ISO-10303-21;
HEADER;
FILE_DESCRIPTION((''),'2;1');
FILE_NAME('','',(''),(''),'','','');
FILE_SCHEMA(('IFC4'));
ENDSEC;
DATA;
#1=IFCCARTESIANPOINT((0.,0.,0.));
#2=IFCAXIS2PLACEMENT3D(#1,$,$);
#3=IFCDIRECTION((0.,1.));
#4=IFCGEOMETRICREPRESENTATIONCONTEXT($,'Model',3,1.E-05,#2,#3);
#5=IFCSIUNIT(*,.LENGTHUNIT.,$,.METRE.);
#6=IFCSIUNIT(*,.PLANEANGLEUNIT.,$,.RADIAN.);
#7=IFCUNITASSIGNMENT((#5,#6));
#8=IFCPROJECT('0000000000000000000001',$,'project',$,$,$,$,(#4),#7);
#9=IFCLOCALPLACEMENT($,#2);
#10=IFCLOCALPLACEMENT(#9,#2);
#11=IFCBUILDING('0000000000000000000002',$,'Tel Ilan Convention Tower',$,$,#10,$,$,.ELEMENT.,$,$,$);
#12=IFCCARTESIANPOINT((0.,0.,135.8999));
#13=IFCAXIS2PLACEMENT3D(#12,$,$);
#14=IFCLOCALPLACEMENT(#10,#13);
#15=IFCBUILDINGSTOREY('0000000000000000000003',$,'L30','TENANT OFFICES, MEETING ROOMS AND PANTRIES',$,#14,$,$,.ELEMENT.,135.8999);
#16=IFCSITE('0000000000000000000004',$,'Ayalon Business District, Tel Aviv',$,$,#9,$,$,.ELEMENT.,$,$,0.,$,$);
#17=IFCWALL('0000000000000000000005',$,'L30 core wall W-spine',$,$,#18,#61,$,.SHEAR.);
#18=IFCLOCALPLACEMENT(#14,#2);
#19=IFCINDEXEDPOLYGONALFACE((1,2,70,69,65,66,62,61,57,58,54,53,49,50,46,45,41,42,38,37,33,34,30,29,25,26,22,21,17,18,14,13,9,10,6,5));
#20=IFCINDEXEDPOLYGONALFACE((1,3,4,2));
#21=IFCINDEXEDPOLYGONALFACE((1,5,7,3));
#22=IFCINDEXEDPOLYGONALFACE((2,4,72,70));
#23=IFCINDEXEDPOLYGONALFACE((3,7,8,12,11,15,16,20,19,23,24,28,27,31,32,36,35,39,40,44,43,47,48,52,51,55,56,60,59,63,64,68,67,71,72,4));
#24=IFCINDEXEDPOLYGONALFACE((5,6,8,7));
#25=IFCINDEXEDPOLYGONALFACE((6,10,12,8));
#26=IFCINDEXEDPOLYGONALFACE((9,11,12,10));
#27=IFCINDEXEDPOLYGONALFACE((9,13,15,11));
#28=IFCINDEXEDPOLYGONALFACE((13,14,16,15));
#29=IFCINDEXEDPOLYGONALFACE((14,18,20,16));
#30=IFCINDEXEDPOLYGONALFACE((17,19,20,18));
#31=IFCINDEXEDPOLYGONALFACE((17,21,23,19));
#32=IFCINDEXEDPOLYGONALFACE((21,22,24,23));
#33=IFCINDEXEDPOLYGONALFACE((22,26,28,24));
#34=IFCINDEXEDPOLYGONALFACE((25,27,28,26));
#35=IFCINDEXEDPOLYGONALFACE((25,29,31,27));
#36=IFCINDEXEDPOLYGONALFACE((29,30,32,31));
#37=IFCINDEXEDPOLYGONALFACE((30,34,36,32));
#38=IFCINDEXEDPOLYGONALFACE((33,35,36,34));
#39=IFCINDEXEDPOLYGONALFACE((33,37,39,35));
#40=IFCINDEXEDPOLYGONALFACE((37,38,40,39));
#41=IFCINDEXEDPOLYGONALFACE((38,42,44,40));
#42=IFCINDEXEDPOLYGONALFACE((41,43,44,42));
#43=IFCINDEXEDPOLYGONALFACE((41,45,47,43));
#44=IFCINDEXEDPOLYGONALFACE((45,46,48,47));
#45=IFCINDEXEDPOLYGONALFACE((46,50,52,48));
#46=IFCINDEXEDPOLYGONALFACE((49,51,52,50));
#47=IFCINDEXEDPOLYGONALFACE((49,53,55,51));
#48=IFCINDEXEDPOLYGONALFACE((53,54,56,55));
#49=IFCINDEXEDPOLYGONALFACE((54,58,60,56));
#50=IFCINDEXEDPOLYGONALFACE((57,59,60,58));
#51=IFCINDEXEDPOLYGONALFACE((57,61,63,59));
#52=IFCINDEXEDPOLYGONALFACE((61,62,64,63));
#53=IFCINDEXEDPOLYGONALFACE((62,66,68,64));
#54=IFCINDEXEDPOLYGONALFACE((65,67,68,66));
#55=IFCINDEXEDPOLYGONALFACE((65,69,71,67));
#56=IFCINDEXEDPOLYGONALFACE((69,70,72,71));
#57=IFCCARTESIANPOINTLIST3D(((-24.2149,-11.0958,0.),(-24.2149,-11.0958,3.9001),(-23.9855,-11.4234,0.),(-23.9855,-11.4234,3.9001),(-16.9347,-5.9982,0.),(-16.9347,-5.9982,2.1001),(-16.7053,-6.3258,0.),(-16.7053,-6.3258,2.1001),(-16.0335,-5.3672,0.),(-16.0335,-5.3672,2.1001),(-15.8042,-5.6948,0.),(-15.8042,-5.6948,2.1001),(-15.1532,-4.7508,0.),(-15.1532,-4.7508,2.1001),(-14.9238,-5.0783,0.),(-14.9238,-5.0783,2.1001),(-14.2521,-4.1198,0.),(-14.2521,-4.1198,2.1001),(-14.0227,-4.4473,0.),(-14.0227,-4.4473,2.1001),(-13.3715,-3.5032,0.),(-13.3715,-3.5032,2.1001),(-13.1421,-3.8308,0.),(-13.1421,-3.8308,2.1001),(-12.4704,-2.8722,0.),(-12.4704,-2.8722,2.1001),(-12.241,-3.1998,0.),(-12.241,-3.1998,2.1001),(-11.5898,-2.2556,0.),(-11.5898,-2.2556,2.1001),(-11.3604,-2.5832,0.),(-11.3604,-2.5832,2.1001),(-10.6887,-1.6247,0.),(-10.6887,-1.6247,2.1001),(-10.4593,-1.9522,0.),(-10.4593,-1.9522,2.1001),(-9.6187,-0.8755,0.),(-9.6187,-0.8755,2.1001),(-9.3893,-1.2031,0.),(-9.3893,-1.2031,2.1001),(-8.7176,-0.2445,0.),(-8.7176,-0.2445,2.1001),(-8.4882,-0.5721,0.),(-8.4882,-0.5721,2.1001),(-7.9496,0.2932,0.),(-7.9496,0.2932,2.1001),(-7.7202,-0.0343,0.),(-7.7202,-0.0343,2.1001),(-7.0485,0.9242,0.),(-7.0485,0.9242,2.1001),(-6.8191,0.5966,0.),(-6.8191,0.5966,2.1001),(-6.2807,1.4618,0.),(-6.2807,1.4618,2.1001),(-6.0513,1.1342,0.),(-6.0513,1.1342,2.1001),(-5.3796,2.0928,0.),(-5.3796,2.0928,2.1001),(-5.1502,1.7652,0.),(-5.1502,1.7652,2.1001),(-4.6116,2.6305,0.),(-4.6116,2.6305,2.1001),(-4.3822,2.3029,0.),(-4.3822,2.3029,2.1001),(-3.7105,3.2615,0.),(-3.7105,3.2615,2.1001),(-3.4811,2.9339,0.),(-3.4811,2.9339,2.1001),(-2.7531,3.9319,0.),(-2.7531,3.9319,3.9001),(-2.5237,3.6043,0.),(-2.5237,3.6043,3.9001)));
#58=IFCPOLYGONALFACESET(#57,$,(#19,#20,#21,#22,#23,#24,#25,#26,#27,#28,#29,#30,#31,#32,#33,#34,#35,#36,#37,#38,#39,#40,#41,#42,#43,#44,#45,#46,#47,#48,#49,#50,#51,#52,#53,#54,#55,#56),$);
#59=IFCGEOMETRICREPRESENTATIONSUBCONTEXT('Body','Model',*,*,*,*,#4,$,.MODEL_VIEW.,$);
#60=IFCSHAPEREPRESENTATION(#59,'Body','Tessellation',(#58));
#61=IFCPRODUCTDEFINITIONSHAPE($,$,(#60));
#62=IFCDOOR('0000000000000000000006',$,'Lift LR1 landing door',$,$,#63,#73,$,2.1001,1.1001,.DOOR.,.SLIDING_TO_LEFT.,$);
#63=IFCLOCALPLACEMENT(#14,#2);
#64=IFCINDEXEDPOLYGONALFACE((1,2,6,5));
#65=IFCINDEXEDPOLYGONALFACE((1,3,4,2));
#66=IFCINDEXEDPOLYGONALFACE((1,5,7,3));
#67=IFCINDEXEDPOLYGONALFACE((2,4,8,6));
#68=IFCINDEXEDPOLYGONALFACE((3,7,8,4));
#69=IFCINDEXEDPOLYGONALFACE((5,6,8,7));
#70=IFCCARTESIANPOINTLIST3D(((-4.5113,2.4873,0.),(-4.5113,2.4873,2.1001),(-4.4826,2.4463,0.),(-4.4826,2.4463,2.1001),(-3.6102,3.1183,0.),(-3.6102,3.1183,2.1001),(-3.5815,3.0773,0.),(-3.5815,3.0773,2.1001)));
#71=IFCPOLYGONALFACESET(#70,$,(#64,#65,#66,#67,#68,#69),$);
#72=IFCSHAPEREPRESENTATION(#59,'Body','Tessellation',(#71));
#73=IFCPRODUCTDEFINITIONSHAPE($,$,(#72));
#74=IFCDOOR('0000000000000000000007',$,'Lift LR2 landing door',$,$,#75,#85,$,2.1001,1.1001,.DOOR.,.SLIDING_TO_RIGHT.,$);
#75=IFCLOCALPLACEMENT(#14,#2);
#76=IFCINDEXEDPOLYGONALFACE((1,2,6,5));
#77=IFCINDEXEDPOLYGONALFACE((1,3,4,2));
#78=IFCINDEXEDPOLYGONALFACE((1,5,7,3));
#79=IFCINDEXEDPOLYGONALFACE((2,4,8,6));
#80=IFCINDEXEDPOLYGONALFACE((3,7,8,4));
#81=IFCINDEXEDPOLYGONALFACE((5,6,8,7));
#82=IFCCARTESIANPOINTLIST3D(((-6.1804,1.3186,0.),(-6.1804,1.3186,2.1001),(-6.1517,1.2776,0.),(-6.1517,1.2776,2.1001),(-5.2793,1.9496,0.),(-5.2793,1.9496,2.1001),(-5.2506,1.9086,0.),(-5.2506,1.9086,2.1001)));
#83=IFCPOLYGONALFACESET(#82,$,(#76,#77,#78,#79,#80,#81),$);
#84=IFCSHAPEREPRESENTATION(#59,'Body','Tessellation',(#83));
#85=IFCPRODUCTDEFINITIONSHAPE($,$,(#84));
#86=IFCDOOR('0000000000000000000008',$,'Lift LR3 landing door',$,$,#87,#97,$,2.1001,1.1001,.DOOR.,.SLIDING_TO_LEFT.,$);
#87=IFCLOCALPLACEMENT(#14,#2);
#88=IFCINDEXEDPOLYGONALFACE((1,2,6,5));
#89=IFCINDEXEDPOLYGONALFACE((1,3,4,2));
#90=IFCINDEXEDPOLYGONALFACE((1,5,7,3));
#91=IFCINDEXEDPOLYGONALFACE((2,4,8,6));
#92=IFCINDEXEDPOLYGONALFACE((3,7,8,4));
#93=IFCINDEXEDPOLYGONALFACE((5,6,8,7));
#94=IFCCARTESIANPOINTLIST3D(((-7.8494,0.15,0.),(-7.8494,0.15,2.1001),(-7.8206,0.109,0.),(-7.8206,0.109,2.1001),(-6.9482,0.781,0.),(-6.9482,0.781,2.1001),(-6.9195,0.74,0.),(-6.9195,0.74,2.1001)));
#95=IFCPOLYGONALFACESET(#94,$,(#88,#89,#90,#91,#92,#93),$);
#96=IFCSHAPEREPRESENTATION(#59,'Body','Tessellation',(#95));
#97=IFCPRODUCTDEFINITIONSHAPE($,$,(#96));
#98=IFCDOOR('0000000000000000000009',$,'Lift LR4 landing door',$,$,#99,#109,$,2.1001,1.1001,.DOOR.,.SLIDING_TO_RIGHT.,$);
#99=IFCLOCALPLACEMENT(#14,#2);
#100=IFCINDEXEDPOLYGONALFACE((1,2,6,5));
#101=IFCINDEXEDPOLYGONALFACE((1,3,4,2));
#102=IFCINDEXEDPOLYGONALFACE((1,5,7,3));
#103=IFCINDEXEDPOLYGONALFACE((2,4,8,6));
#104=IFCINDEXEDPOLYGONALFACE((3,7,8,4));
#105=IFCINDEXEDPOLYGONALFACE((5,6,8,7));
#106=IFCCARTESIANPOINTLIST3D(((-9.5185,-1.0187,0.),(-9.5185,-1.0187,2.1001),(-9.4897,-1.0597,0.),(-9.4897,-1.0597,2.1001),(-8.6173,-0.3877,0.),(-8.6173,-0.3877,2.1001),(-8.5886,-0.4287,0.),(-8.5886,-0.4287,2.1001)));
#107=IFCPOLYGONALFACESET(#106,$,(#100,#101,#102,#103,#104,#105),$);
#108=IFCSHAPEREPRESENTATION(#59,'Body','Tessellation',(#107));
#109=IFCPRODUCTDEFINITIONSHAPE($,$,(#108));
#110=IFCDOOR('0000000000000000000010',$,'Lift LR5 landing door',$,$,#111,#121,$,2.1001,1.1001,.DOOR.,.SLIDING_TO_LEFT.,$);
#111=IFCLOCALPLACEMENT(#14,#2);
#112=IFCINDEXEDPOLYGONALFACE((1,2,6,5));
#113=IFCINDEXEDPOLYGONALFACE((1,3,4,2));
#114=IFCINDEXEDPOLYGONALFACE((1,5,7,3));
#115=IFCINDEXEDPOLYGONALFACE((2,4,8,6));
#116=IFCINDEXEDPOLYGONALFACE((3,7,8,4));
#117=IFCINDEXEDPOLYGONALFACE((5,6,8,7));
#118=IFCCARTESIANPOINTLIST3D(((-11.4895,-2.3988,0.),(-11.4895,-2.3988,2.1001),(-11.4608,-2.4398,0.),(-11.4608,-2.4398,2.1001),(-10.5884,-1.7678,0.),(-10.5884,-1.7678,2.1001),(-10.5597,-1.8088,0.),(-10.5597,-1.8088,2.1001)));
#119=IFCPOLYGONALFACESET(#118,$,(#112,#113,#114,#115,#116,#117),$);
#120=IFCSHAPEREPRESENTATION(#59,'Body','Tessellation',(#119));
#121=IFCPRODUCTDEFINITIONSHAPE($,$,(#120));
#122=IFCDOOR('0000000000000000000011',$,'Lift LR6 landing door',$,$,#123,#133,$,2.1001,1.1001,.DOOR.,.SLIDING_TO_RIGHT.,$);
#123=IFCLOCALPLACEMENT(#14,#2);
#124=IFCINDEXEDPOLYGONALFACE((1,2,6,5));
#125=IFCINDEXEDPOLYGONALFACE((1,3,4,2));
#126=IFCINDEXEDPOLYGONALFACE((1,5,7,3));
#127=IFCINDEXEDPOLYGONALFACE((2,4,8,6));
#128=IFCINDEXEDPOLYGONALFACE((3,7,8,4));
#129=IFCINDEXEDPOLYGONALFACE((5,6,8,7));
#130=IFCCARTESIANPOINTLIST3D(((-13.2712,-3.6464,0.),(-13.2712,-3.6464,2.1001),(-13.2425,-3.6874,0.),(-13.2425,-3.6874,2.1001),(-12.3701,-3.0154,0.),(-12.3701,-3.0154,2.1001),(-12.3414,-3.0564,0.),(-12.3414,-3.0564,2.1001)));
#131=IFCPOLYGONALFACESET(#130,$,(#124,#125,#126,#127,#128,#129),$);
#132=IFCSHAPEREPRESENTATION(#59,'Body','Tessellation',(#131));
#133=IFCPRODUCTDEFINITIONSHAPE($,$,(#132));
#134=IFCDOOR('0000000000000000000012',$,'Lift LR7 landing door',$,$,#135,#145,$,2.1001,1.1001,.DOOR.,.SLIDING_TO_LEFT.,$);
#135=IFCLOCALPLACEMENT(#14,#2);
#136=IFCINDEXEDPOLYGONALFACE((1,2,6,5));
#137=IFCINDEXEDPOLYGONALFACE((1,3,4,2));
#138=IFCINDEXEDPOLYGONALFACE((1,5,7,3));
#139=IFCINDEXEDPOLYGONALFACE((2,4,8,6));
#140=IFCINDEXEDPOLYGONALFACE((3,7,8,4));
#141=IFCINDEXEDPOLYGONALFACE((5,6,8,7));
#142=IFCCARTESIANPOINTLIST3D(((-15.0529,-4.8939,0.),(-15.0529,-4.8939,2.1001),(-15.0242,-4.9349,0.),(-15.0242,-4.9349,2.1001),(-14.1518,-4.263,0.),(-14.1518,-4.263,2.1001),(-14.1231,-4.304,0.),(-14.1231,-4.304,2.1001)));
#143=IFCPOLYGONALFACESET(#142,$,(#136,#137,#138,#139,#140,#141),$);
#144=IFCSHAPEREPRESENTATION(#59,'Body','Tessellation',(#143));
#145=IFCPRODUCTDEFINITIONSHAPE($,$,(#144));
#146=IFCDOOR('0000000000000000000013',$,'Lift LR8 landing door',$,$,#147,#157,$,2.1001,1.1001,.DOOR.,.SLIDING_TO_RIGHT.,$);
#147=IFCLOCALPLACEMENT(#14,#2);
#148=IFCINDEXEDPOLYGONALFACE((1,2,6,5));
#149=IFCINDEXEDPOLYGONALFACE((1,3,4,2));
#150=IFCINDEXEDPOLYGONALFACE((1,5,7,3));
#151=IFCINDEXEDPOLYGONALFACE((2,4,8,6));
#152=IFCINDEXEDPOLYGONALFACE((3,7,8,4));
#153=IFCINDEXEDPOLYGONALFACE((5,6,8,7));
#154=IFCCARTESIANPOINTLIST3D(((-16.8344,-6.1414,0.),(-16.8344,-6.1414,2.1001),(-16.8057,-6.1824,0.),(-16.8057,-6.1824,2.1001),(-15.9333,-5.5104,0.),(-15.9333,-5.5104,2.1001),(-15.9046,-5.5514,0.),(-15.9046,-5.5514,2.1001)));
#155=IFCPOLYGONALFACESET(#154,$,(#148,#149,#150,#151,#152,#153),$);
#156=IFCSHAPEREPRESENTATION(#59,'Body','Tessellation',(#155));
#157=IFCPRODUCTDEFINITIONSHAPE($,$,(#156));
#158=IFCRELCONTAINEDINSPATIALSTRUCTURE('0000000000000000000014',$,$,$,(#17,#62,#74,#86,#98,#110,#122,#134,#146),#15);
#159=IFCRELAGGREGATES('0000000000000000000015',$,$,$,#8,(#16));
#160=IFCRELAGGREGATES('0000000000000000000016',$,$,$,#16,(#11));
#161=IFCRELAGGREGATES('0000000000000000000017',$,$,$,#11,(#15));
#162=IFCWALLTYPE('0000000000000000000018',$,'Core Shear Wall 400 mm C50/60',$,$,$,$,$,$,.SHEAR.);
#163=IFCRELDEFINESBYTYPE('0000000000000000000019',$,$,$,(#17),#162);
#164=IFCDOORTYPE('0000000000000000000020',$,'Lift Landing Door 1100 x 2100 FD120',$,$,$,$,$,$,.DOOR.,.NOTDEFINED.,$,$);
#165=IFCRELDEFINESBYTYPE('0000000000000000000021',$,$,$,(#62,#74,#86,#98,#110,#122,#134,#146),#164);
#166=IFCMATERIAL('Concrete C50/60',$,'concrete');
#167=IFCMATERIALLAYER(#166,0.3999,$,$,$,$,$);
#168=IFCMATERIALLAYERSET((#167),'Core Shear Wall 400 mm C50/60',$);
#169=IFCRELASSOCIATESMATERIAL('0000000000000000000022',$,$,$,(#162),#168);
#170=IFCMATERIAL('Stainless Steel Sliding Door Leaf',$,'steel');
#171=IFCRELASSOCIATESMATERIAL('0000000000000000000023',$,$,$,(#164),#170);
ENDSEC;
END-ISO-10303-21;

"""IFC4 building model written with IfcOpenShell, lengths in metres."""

from ifc_helpers import new_model, si_unit, direction, frame, frame_2d, origin, place, context, subcontext, project, spatial, polyline, rectangle, outline, extrude, material, layer, layer_set, type_object, element, fill, save


model = new_model("IFC4")

# Units and contexts
model_context = context("Model", 3, precision=1e-05, world=origin(), true_north=direction((0.0, 1.0)))
body_context = subcontext(model_context, "Body", "Model", "MODEL_VIEW")
ifc_project = project(units=[si_unit("LENGTHUNIT", "METRE"), si_unit("PLANEANGLEUNIT", "RADIAN")], contexts=[model_context])

# Site, building, storey
site_placement = place(None, origin())
site = spatial("IfcSite", under=ifc_project, at=site_placement, Name="Ayalon Business District, Tel Aviv", CompositionType="ELEMENT", RefElevation=0.0)
building_placement = place(site_placement, origin())
building = spatial("IfcBuilding", under=site, at=building_placement, Name="Tel Ilan Convention Tower", CompositionType="ELEMENT")
storey_placement = place(building_placement, frame((0.0, 0.0, 135.8999)))
storey = spatial("IfcBuildingStorey", under=building, at=storey_placement, Name="L30", Description="TENANT OFFICES, MEETING ROOMS AND PANTRIES", CompositionType="ELEMENT", Elevation=135.8999)

# Wall, openings, doors
ifc_material_1 = material(Name="Concrete C50/60", Category="concrete")
ifc_layer_1 = layer(ifc_material_1, 0.3999)
ifc_layer_set_1 = layer_set([ifc_layer_1], Name="Core Shear Wall 400 mm C50/60")
wall_type_1 = type_object("IfcWallType", Name="Core Shear Wall 400 mm C50/60", PredefinedType="SHEAR", material=ifc_layer_set_1)
wall_1_placement = place(storey_placement, frame((-2.6384, 3.7681, 0.0), z_axis=(0.0, 0.0, 1.0), x_axis=(-0.819153, -0.573576, 0.0)))
wall_1 = element("IfcWall", 1, at=wall_1_placement, inside=storey, type_object=wall_type_1, Name="L30 core wall W-spine", PredefinedType="SHEAR", context=body_context, shape_type="SweptSolid", body=[
    extrude(outline(polyline([(26.2, 0.2), (0.0, 0.2), (0.0, -0.2), (26.2, -0.2), (26.2, 0.2)])), origin(), (0.0, 0.0, 1.0), 3.9001),
])
opening_1_placement = place(wall_1_placement, frame((1.1687, 0.0, 0.0)))
opening_1 = element("IfcOpeningElement", 2, at=opening_1_placement, cuts=wall_1, PredefinedType="OPENING", context=body_context, shape_type="SweptSolid", body=[
    extrude(rectangle(XDim=1.1001, YDim=2.1001, at=frame_2d((0.55, 1.05))), frame((0.0, 0.21, 0.0), z_axis=(0.0, -1.0, 0.0), x_axis=(1.0, 0.0, 0.0)), (0.0, 0.0, 1.0), 0.4199),
])
opening_2_placement = place(wall_1_placement, frame((3.2063, 0.0, 0.0)))
opening_2 = element("IfcOpeningElement", 3, at=opening_2_placement, cuts=wall_1, PredefinedType="OPENING", context=body_context, shape_type="SweptSolid", body=[
    extrude(rectangle(XDim=1.1001, YDim=2.1001, at=frame_2d((0.55, 1.05))), frame((0.0, 0.21, 0.0), z_axis=(0.0, -1.0, 0.0), x_axis=(1.0, 0.0, 0.0)), (0.0, 0.0, 1.0), 0.4199),
])
opening_3_placement = place(wall_1_placement, frame((5.2437, 0.0, 0.0)))
opening_3 = element("IfcOpeningElement", 4, at=opening_3_placement, cuts=wall_1, PredefinedType="OPENING", context=body_context, shape_type="SweptSolid", body=[
    extrude(rectangle(XDim=1.1001, YDim=2.1001, at=frame_2d((0.55, 1.05))), frame((0.0, 0.21, 0.0), z_axis=(0.0, -1.0, 0.0), x_axis=(1.0, 0.0, 0.0)), (0.0, 0.0, 1.0), 0.4199),
])
opening_4_placement = place(wall_1_placement, frame((7.2812, 0.0, 0.0)))
opening_4 = element("IfcOpeningElement", 5, at=opening_4_placement, cuts=wall_1, PredefinedType="OPENING", context=body_context, shape_type="SweptSolid", body=[
    extrude(rectangle(XDim=1.1001, YDim=2.1001, at=frame_2d((0.55, 1.05))), frame((0.0, 0.21, 0.0), z_axis=(0.0, -1.0, 0.0), x_axis=(1.0, 0.0, 0.0)), (0.0, 0.0, 1.0), 0.4199),
])
opening_5_placement = place(wall_1_placement, frame((9.6875, 0.0, 0.0)))
opening_5 = element("IfcOpeningElement", 6, at=opening_5_placement, cuts=wall_1, PredefinedType="OPENING", context=body_context, shape_type="SweptSolid", body=[
    extrude(rectangle(XDim=1.1001, YDim=2.1001, at=frame_2d((0.55, 1.05))), frame((0.0, 0.21, 0.0), z_axis=(0.0, -1.0, 0.0), x_axis=(1.0, 0.0, 0.0)), (0.0, 0.0, 1.0), 0.4199),
])
opening_6_placement = place(wall_1_placement, frame((11.8625, 0.0, 0.0)))
opening_6 = element("IfcOpeningElement", 7, at=opening_6_placement, cuts=wall_1, PredefinedType="OPENING", context=body_context, shape_type="SweptSolid", body=[
    extrude(rectangle(XDim=1.1001, YDim=2.1001, at=frame_2d((0.55, 1.05))), frame((0.0, 0.21, 0.0), z_axis=(0.0, -1.0, 0.0), x_axis=(1.0, 0.0, 0.0)), (0.0, 0.0, 1.0), 0.4199),
])
opening_7_placement = place(wall_1_placement, frame((14.0376, 0.0, 0.0)))
opening_7 = element("IfcOpeningElement", 8, at=opening_7_placement, cuts=wall_1, PredefinedType="OPENING", context=body_context, shape_type="SweptSolid", body=[
    extrude(rectangle(XDim=1.1001, YDim=2.1001, at=frame_2d((0.55, 1.05))), frame((0.0, 0.21, 0.0), z_axis=(0.0, -1.0, 0.0), x_axis=(1.0, 0.0, 0.0)), (0.0, 0.0, 1.0), 0.4199),
])
opening_8_placement = place(wall_1_placement, frame((16.2124, 0.0, 0.0)))
opening_8 = element("IfcOpeningElement", 9, at=opening_8_placement, cuts=wall_1, PredefinedType="OPENING", context=body_context, shape_type="SweptSolid", body=[
    extrude(rectangle(XDim=1.1001, YDim=2.1001, at=frame_2d((0.55, 1.05))), frame((0.0, 0.21, 0.0), z_axis=(0.0, -1.0, 0.0), x_axis=(1.0, 0.0, 0.0)), (0.0, 0.0, 1.0), 0.4199),
])
ifc_material_2 = material(Name="Stainless Steel Sliding Door Leaf", Category="steel")
door_type = type_object("IfcDoorType", Name="Lift Landing Door 1100 x 2100 FD120", OperationType="NOTDEFINED", PredefinedType="DOOR", material=ifc_material_2)
door_1_placement = place(opening_1_placement, origin())
door_1 = element("IfcDoor", 10, at=door_1_placement, inside=storey, type_object=door_type, Name="Lift LR1 landing door", OperationType="SLIDING_TO_LEFT", OverallHeight=2.1001, OverallWidth=1.1001, PredefinedType="DOOR", context=body_context, shape_type="SweptSolid", body=[
    extrude(rectangle(XDim=1.1001, YDim=2.1001, at=frame_2d((0.55, 1.05))), frame((0.0, 0.0249, 0.0), z_axis=(0.0, -1.0, 0.0), x_axis=(1.0, 0.0, 0.0)), (0.0, 0.0, 1.0), 0.05),
])
fill(opening_1, door_1)
door_2_placement = place(opening_2_placement, origin())
door_2 = element("IfcDoor", 11, at=door_2_placement, inside=storey, type_object=door_type, Name="Lift LR2 landing door", OperationType="SLIDING_TO_RIGHT", OverallHeight=2.1001, OverallWidth=1.1001, PredefinedType="DOOR", context=body_context, shape_type="SweptSolid", body=[
    extrude(rectangle(XDim=1.1001, YDim=2.1001, at=frame_2d((0.55, 1.05))), frame((0.0, 0.0249, 0.0), z_axis=(0.0, -1.0, 0.0), x_axis=(1.0, 0.0, 0.0)), (0.0, 0.0, 1.0), 0.05),
])
fill(opening_2, door_2)
door_3_placement = place(opening_3_placement, origin())
door_3 = element("IfcDoor", 12, at=door_3_placement, inside=storey, type_object=door_type, Name="Lift LR3 landing door", OperationType="SLIDING_TO_LEFT", OverallHeight=2.1001, OverallWidth=1.1001, PredefinedType="DOOR", context=body_context, shape_type="SweptSolid", body=[
    extrude(rectangle(XDim=1.1001, YDim=2.1001, at=frame_2d((0.55, 1.05))), frame((0.0, 0.0249, 0.0), z_axis=(0.0, -1.0, 0.0), x_axis=(1.0, 0.0, 0.0)), (0.0, 0.0, 1.0), 0.05),
])
fill(opening_3, door_3)
door_4_placement = place(opening_4_placement, origin())
door_4 = element("IfcDoor", 13, at=door_4_placement, inside=storey, type_object=door_type, Name="Lift LR4 landing door", OperationType="SLIDING_TO_RIGHT", OverallHeight=2.1001, OverallWidth=1.1001, PredefinedType="DOOR", context=body_context, shape_type="SweptSolid", body=[
    extrude(rectangle(XDim=1.1001, YDim=2.1001, at=frame_2d((0.55, 1.05))), frame((0.0, 0.0249, 0.0), z_axis=(0.0, -1.0, 0.0), x_axis=(1.0, 0.0, 0.0)), (0.0, 0.0, 1.0), 0.05),
])
fill(opening_4, door_4)
door_5_placement = place(opening_5_placement, origin())
door_5 = element("IfcDoor", 14, at=door_5_placement, inside=storey, type_object=door_type, Name="Lift LR5 landing door", OperationType="SLIDING_TO_LEFT", OverallHeight=2.1001, OverallWidth=1.1001, PredefinedType="DOOR", context=body_context, shape_type="SweptSolid", body=[
    extrude(rectangle(XDim=1.1001, YDim=2.1001, at=frame_2d((0.55, 1.05))), frame((0.0, 0.0249, 0.0), z_axis=(0.0, -1.0, 0.0), x_axis=(1.0, 0.0, 0.0)), (0.0, 0.0, 1.0), 0.05),
])
fill(opening_5, door_5)
door_6_placement = place(opening_6_placement, origin())
door_6 = element("IfcDoor", 15, at=door_6_placement, inside=storey, type_object=door_type, Name="Lift LR6 landing door", OperationType="SLIDING_TO_RIGHT", OverallHeight=2.1001, OverallWidth=1.1001, PredefinedType="DOOR", context=body_context, shape_type="SweptSolid", body=[
    extrude(rectangle(XDim=1.1001, YDim=2.1001, at=frame_2d((0.55, 1.05))), frame((0.0, 0.0249, 0.0), z_axis=(0.0, -1.0, 0.0), x_axis=(1.0, 0.0, 0.0)), (0.0, 0.0, 1.0), 0.05),
])
fill(opening_6, door_6)
door_7_placement = place(opening_7_placement, origin())
door_7 = element("IfcDoor", 16, at=door_7_placement, inside=storey, type_object=door_type, Name="Lift LR7 landing door", OperationType="SLIDING_TO_LEFT", OverallHeight=2.1001, OverallWidth=1.1001, PredefinedType="DOOR", context=body_context, shape_type="SweptSolid", body=[
    extrude(rectangle(XDim=1.1001, YDim=2.1001, at=frame_2d((0.55, 1.05))), frame((0.0, 0.0249, 0.0), z_axis=(0.0, -1.0, 0.0), x_axis=(1.0, 0.0, 0.0)), (0.0, 0.0, 1.0), 0.05),
])
fill(opening_7, door_7)
door_8_placement = place(opening_8_placement, origin())
door_8 = element("IfcDoor", 17, at=door_8_placement, inside=storey, type_object=door_type, Name="Lift LR8 landing door", OperationType="SLIDING_TO_RIGHT", OverallHeight=2.1001, OverallWidth=1.1001, PredefinedType="DOOR", context=body_context, shape_type="SweptSolid", body=[
    extrude(rectangle(XDim=1.1001, YDim=2.1001, at=frame_2d((0.55, 1.05))), frame((0.0, 0.0249, 0.0), z_axis=(0.0, -1.0, 0.0), x_axis=(1.0, 0.0, 0.0)), (0.0, 0.0, 1.0), 0.05),
])
fill(opening_8, door_8)

save(model, "model.ifc")
